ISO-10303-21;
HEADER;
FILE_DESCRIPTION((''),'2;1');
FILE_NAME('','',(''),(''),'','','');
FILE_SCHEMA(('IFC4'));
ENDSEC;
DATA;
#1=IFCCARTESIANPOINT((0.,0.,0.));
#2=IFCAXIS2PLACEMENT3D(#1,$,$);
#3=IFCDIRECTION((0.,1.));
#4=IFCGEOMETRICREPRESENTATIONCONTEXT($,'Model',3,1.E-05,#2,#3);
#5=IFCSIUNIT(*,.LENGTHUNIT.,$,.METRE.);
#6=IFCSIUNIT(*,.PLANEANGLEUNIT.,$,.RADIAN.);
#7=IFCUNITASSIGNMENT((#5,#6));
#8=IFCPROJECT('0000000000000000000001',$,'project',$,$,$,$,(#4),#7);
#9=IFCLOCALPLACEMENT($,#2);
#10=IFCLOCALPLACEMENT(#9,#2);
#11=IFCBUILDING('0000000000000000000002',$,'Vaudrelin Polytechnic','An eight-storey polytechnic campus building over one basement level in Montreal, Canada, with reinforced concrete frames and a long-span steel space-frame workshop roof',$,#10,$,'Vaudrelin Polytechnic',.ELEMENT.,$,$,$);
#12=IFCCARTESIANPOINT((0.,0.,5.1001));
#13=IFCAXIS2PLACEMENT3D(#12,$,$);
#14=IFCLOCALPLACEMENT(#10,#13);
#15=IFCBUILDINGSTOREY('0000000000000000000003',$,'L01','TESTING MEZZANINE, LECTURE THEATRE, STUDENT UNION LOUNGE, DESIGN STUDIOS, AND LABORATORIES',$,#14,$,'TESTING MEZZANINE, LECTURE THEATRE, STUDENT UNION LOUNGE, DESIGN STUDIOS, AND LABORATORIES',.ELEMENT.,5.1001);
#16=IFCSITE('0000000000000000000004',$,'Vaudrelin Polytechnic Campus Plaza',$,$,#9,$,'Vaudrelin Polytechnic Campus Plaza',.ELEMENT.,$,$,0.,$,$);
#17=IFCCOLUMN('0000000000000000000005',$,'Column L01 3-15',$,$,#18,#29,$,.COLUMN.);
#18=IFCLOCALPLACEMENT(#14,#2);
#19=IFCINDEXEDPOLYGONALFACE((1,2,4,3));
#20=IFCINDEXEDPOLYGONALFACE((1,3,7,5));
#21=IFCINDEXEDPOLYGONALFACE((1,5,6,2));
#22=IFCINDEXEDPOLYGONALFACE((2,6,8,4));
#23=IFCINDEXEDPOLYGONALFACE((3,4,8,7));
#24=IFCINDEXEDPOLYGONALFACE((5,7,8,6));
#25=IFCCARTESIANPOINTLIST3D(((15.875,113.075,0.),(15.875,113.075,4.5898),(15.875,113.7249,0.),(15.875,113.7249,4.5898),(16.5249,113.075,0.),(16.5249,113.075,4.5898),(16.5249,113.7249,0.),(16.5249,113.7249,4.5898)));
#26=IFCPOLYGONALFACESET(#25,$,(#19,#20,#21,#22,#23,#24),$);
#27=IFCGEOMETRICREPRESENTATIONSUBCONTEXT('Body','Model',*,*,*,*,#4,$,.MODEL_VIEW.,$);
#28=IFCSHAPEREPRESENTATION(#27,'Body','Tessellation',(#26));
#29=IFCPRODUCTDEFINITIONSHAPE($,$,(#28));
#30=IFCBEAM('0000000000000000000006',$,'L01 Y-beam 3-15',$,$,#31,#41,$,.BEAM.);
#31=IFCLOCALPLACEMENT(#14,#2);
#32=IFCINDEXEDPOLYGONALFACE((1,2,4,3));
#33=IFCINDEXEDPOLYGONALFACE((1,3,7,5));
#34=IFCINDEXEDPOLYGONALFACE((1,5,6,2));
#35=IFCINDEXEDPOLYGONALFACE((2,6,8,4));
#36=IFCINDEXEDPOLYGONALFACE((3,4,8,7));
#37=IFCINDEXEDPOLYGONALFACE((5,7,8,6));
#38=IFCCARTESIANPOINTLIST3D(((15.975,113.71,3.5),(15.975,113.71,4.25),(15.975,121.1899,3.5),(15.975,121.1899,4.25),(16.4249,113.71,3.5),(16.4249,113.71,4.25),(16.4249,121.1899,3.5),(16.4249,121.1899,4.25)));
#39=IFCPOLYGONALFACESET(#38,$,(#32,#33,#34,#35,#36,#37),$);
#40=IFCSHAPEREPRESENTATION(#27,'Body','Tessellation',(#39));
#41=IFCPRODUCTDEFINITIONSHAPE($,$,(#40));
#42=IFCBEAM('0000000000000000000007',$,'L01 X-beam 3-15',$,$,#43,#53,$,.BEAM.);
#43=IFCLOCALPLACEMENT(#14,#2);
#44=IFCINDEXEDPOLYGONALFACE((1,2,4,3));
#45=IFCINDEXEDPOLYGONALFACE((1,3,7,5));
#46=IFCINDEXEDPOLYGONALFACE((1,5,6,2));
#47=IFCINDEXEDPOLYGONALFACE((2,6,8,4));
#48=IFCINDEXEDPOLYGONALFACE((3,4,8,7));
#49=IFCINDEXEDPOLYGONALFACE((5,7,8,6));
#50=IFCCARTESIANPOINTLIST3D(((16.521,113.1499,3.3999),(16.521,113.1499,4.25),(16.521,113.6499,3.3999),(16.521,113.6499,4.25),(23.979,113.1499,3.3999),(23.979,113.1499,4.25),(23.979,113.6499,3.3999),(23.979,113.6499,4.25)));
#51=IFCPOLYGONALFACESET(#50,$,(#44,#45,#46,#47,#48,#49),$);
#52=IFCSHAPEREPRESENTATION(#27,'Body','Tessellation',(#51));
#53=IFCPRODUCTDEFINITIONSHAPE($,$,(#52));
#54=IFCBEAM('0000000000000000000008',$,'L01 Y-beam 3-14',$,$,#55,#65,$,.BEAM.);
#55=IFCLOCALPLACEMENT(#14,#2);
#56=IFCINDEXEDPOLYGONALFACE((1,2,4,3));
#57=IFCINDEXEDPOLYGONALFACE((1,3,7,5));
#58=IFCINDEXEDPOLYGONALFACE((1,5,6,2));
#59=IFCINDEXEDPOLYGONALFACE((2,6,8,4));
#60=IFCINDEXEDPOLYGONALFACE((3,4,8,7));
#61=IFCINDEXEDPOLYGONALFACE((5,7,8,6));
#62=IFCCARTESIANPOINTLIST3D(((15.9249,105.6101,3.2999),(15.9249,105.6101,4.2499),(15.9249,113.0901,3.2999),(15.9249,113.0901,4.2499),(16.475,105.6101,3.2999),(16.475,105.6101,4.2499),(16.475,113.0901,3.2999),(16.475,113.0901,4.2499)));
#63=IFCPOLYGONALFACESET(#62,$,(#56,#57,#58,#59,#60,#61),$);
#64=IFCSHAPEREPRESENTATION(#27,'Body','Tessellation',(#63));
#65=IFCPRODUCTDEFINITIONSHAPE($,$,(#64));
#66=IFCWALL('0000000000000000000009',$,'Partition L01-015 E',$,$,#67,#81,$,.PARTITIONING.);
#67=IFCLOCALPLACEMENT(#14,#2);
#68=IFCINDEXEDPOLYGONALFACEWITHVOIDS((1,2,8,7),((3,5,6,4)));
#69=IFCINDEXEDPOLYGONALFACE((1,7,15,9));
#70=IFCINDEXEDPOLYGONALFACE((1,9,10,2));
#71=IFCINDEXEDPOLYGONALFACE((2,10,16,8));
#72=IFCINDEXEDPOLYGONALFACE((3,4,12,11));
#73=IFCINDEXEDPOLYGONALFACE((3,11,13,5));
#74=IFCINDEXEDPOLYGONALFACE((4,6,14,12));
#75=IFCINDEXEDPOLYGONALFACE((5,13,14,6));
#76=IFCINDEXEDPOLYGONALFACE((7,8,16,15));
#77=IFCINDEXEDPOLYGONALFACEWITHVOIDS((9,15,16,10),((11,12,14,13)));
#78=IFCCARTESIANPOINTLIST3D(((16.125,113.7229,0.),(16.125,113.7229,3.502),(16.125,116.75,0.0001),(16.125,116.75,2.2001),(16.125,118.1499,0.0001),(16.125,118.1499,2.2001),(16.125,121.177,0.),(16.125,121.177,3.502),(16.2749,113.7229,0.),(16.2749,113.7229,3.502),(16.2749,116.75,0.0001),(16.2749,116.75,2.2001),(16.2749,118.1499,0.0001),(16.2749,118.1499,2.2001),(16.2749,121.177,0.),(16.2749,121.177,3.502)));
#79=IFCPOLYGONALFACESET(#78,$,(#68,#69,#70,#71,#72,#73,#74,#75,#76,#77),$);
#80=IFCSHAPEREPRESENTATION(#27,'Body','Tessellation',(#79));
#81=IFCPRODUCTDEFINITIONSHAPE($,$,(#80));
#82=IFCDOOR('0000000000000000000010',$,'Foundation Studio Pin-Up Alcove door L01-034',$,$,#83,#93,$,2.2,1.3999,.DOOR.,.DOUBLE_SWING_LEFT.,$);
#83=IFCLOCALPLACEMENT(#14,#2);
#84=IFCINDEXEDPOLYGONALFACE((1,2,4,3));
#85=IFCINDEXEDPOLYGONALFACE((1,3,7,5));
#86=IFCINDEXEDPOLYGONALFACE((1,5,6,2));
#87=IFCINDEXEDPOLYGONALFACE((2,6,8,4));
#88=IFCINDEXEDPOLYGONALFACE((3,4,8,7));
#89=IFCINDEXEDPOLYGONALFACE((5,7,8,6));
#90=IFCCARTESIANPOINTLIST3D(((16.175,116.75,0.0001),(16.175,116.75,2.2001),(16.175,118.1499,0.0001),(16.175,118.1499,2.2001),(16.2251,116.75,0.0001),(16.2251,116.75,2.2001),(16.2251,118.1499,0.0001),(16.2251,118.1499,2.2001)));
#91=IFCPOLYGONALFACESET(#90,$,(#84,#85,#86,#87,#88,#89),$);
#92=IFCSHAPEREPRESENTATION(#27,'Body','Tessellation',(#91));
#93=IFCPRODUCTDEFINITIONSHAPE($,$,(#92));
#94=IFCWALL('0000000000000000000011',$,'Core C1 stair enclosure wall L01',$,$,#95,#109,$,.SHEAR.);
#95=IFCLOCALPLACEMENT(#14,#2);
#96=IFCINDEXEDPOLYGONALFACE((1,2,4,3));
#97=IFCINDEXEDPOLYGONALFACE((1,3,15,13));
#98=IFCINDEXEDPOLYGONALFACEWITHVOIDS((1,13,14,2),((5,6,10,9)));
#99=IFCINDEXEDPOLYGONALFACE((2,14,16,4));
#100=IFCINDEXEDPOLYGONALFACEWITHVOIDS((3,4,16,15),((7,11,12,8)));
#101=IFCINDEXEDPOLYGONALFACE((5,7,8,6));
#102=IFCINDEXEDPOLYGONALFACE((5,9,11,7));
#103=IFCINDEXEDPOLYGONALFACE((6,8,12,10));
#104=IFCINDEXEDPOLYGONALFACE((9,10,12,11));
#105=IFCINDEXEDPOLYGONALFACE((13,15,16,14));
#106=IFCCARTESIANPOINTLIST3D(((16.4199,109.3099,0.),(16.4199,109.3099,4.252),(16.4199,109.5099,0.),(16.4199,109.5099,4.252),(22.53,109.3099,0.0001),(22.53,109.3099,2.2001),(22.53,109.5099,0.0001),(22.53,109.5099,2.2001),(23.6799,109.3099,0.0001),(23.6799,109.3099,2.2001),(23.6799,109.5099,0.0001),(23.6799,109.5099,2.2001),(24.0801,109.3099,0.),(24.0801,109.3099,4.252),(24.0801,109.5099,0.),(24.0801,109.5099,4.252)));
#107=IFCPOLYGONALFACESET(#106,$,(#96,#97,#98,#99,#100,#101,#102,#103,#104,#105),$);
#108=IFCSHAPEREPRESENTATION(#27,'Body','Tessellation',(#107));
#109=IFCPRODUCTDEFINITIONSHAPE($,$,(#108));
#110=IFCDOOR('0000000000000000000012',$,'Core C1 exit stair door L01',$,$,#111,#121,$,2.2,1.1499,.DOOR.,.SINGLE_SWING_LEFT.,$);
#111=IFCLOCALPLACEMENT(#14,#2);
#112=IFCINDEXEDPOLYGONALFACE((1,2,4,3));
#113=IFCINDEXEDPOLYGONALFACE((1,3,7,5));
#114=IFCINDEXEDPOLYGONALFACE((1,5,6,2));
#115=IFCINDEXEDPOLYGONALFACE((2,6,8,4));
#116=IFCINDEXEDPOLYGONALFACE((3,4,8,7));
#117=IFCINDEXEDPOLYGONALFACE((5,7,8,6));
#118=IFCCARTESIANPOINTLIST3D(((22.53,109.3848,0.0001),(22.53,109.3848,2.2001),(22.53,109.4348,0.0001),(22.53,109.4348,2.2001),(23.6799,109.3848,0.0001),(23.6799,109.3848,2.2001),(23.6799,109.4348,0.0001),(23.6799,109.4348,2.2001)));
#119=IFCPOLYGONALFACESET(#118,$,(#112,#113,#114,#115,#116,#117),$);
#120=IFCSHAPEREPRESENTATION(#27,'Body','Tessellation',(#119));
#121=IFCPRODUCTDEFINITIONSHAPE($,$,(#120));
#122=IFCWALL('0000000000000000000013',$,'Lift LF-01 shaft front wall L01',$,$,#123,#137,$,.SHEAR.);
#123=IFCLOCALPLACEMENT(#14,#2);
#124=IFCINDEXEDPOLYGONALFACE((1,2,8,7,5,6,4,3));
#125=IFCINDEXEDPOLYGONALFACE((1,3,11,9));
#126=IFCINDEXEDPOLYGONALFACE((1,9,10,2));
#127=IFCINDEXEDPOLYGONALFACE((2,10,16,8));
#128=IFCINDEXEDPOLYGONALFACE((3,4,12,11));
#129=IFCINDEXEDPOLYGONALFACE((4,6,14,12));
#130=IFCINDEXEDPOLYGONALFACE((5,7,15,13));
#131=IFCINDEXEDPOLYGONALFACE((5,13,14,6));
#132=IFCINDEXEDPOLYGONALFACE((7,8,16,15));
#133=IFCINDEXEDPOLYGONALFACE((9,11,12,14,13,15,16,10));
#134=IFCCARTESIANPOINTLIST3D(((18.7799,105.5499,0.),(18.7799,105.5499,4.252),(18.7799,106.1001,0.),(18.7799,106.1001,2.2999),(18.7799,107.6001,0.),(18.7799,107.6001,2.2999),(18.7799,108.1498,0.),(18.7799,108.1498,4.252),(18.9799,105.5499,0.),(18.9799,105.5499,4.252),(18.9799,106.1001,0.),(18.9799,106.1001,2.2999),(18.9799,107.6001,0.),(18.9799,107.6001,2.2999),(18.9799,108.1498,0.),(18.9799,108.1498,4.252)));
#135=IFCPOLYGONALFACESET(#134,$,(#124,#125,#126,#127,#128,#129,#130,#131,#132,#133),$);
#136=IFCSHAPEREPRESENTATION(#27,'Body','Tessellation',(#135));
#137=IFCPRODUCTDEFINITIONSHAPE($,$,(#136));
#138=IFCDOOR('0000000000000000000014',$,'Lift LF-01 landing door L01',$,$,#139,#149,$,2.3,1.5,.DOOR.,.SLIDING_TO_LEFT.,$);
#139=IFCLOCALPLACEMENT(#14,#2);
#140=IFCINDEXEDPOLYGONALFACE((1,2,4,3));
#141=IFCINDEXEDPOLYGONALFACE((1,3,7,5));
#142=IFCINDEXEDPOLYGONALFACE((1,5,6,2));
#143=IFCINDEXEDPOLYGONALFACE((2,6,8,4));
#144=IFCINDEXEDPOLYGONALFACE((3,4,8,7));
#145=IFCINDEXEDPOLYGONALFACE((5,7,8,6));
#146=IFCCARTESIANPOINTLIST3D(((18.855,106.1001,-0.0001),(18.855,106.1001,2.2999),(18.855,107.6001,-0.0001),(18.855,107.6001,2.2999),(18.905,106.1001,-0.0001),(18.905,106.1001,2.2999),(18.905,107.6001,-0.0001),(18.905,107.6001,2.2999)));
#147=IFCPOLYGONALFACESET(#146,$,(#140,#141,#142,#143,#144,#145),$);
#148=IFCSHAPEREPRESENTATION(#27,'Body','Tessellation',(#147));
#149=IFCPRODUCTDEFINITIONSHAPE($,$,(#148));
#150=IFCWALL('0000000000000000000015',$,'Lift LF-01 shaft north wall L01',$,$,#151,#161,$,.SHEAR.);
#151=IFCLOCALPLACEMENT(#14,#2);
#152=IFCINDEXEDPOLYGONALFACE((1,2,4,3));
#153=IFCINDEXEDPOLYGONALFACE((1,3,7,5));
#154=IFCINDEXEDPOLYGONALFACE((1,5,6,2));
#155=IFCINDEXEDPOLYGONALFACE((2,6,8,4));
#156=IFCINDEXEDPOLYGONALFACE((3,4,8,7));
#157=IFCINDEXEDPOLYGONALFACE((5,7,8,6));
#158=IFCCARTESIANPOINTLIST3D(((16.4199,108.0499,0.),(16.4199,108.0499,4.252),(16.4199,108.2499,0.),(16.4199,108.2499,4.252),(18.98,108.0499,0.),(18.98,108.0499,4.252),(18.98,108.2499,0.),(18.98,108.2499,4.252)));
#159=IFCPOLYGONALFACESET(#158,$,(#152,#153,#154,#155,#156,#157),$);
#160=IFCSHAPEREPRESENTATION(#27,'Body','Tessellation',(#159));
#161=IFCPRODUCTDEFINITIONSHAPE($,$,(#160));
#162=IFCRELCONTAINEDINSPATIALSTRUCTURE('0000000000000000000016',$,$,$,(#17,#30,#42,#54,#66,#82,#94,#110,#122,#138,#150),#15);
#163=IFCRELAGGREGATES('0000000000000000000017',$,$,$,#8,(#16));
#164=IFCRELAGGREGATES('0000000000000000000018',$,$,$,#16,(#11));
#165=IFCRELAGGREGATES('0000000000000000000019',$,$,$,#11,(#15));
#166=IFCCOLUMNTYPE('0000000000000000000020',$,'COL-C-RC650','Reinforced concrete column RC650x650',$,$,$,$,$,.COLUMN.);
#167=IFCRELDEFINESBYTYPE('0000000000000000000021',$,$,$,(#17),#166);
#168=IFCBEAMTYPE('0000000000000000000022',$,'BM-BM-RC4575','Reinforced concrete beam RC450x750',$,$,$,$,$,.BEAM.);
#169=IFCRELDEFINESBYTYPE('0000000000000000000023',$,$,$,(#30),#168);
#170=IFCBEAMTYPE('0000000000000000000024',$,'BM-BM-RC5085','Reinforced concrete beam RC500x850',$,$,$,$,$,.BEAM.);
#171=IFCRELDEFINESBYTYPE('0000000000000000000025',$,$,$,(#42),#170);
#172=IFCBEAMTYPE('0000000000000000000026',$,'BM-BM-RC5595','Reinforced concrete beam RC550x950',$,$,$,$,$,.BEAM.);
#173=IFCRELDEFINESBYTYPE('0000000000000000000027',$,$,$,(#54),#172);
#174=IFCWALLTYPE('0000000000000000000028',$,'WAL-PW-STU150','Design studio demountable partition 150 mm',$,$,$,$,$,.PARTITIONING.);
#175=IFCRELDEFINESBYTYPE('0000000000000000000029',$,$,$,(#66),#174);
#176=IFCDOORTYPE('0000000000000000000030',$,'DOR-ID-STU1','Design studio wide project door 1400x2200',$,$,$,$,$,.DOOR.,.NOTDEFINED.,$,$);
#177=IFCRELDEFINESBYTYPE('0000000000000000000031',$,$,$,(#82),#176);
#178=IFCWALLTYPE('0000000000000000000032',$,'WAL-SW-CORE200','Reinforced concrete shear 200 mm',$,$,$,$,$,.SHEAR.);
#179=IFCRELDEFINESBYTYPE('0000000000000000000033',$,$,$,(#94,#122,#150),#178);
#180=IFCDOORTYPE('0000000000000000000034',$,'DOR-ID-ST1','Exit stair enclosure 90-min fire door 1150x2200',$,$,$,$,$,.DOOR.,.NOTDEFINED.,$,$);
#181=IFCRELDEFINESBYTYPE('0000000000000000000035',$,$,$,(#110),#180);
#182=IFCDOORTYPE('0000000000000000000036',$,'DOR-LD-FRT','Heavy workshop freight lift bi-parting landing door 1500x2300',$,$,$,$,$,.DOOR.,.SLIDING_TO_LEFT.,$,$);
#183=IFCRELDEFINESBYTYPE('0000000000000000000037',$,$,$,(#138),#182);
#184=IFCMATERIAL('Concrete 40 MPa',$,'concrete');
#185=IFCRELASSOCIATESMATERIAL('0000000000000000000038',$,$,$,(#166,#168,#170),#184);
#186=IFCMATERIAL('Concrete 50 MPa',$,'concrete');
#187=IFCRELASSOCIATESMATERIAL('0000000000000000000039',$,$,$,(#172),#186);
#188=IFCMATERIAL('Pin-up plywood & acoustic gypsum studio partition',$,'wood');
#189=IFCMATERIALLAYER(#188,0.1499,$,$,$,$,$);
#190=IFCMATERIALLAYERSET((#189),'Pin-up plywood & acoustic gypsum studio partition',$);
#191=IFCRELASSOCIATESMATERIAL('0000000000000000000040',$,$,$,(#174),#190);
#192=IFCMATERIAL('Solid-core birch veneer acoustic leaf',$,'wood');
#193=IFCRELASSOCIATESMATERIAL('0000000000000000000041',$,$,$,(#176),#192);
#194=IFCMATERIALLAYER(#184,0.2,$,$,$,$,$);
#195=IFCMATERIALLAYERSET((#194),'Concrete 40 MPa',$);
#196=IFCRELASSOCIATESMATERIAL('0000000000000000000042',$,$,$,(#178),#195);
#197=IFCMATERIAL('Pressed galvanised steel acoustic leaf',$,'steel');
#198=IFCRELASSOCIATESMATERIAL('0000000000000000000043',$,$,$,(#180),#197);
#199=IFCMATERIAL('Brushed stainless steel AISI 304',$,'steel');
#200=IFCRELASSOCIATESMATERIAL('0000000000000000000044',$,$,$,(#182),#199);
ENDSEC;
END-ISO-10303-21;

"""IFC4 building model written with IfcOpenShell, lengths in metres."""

from ifc_helpers import new_model, si_unit, direction, frame, frame_2d, origin, origin_2d, place, context, subcontext, project, spatial, rectangle, extrude, material, layer, layer_set, material_profile, profile_set, type_object, element, fill, save


model = new_model("IFC4")

# Units and contexts
model_context = context("Model", 3, precision=1e-05, world=origin(), true_north=direction((0.0, 1.0)))
body_context = subcontext(model_context, "Body", "Model", "MODEL_VIEW")
ifc_project = project(units=[si_unit("LENGTHUNIT", "METRE"), si_unit("PLANEANGLEUNIT", "RADIAN")], contexts=[model_context])

# Site, building, storey
site_placement = place(None, origin())
site = spatial("IfcSite", under=ifc_project, at=site_placement, Name="Vaudrelin Polytechnic Campus Plaza", LongName="Vaudrelin Polytechnic Campus Plaza", CompositionType="ELEMENT", RefElevation=0.0)
building_placement = place(site_placement, origin())
building = spatial("IfcBuilding", under=site, at=building_placement, Name="Vaudrelin Polytechnic", Description="An eight-storey polytechnic campus building over one basement level in Montreal, Canada, with reinforced concrete frames and a long-span steel space-frame workshop roof", LongName="Vaudrelin Polytechnic", CompositionType="ELEMENT")
storey_placement = place(building_placement, frame((0.0, 0.0, 5.1001)))
storey = spatial("IfcBuildingStorey", under=building, at=storey_placement, Name="L01", Description="TESTING MEZZANINE, LECTURE THEATRE, STUDENT UNION LOUNGE, DESIGN STUDIOS, AND LABORATORIES", LongName="TESTING MEZZANINE, LECTURE THEATRE, STUDENT UNION LOUNGE, DESIGN STUDIOS, AND LABORATORIES", CompositionType="ELEMENT", Elevation=5.1001)

# Column
ifc_material_1 = material(Name="Concrete 40 MPa", Category="concrete")
ifc_material_profile_1 = material_profile(ifc_material_1, rectangle(XDim=0.6499, YDim=0.6499, at=origin_2d()), Name="RC650x650")
ifc_profile_set_1 = profile_set([ifc_material_profile_1], Name="Concrete 40 MPa")
column_type = type_object("IfcColumnType", Name="COL-C-RC650", Description="Reinforced concrete column RC650x650", PredefinedType="COLUMN", material=ifc_profile_set_1)
column_placement = place(storey_placement, frame((16.2, 113.3999, 0.0), z_axis=(0.0, 0.0, 1.0), x_axis=(1.0, 0.0, 0.0)))
element("IfcColumn", 1, at=column_placement, inside=storey, type_object=column_type, Name="Column L01 3-15", PredefinedType="COLUMN", context=body_context, shape_type="SweptSolid", body=[
    extrude(rectangle(XDim=0.6499, YDim=0.6499, at=origin_2d()), origin(), (0.0, 0.0, 1.0), 4.5898),
])

# Beams
ifc_material_profile_2 = material_profile(ifc_material_1, rectangle(XDim=0.45, YDim=0.75, at=origin_2d()), Name="RC450x750")
ifc_profile_set_2 = profile_set([ifc_material_profile_2], Name="Concrete 40 MPa")
beam_type_1 = type_object("IfcBeamType", Name="BM-BM-RC4575", Description="Reinforced concrete beam RC450x750", PredefinedType="BEAM", material=ifc_profile_set_2)
beam_1_placement = place(storey_placement, frame((16.2, 113.71, 3.875), z_axis=(0.0, 1.0, 0.0), x_axis=(-1.0, 0.0, 0.0)))
element("IfcBeam", 2, at=beam_1_placement, inside=storey, type_object=beam_type_1, Name="L01 Y-beam 3-15", PredefinedType="BEAM", context=body_context, shape_type="SweptSolid", body=[
    extrude(rectangle(XDim=0.45, YDim=0.75, at=origin_2d()), origin(), (0.0, 0.0, 1.0), 7.48),
])
ifc_material_profile_3 = material_profile(ifc_material_1, rectangle(XDim=0.5, YDim=0.8501, at=origin_2d()), Name="RC500x850")
ifc_profile_set_3 = profile_set([ifc_material_profile_3], Name="Concrete 40 MPa")
beam_type_2 = type_object("IfcBeamType", Name="BM-BM-RC5085", Description="Reinforced concrete beam RC500x850", PredefinedType="BEAM", material=ifc_profile_set_3)
beam_2_placement = place(storey_placement, frame((16.521, 113.3999, 3.825), z_axis=(1.0, 0.0, 0.0), x_axis=(0.0, 1.0, 0.0)))
element("IfcBeam", 3, at=beam_2_placement, inside=storey, type_object=beam_type_2, Name="L01 X-beam 3-15", PredefinedType="BEAM", context=body_context, shape_type="SweptSolid", body=[
    extrude(rectangle(XDim=0.5, YDim=0.8501, at=origin_2d()), origin(), (0.0, 0.0, 1.0), 7.458),
])
ifc_material_2 = material(Name="Concrete 50 MPa", Category="concrete")
ifc_material_profile_4 = material_profile(ifc_material_2, rectangle(XDim=0.55, YDim=0.95, at=origin_2d()), Name="RC550x950")
ifc_profile_set_4 = profile_set([ifc_material_profile_4], Name="Concrete 50 MPa")
beam_type_3 = type_object("IfcBeamType", Name="BM-BM-RC5595", Description="Reinforced concrete beam RC550x950", PredefinedType="BEAM", material=ifc_profile_set_4)
beam_3_placement = place(storey_placement, frame((16.2, 105.6101, 3.7749), z_axis=(0.0, 1.0, 0.0), x_axis=(-1.0, 0.0, 0.0)))
element("IfcBeam", 4, at=beam_3_placement, inside=storey, type_object=beam_type_3, Name="L01 Y-beam 3-14", PredefinedType="BEAM", context=body_context, shape_type="SweptSolid", body=[
    extrude(rectangle(XDim=0.55, YDim=0.95, at=origin_2d()), origin(), (0.0, 0.0, 1.0), 7.48),
])

# Walls, openings, doors
ifc_material_3 = material(Name="Pressed galvanised steel acoustic leaf", Category="steel")
ifc_material_4 = material(Name="Pin-up plywood & acoustic gypsum studio partition", Category="wood")
ifc_layer_1 = layer(ifc_material_4, 0.1499)
ifc_layer_set_1 = layer_set([ifc_layer_1], Name="Pin-up plywood & acoustic gypsum studio partition")
wall_type_1 = type_object("IfcWallType", Name="WAL-PW-STU150", Description="Design studio demountable partition 150 mm", PredefinedType="PARTITIONING", material=ifc_layer_set_1)
wall_1_placement = place(storey_placement, frame((16.2, 113.7229, 0.0), z_axis=(0.0, 0.0, 1.0), x_axis=(0.0, 1.0, 0.0)))
wall_1 = element("IfcWall", 5, at=wall_1_placement, inside=storey, type_object=wall_type_1, Name="Partition L01-015 E", PredefinedType="PARTITIONING", context=body_context, shape_type="SweptSolid", body=[
    extrude(rectangle(XDim=7.4541, YDim=0.1499, at=frame_2d((3.7271, 0.0))), origin(), (0.0, 0.0, 1.0), 3.502),
])
opening_1_placement = place(wall_1_placement, frame((3.0271, 0.0, 0.0)))
opening_1 = element("IfcOpeningElement", 6, at=opening_1_placement, cuts=wall_1, PredefinedType="OPENING", context=body_context, shape_type="SweptSolid", body=[
    extrude(rectangle(XDim=1.3999, YDim=2.2, at=frame_2d((0.7, 1.1001))), frame((0.0, 0.085, 0.0), z_axis=(0.0, -1.0, 0.0), x_axis=(1.0, 0.0, 0.0)), (0.0, 0.0, 1.0), 0.1699),
])
ifc_material_5 = material(Name="Solid-core birch veneer acoustic leaf", Category="wood")
door_type_1 = type_object("IfcDoorType", Name="DOR-ID-STU1", Description="Design studio wide project door 1400x2200", OperationType="NOTDEFINED", PredefinedType="DOOR", material=ifc_material_5)
door_1_placement = place(opening_1_placement, origin())
door_1 = element("IfcDoor", 7, at=door_1_placement, inside=storey, type_object=door_type_1, Name="Foundation Studio Pin-Up Alcove door L01-034", OperationType="DOUBLE_SWING_LEFT", OverallHeight=2.2, OverallWidth=1.3999, PredefinedType="DOOR", context=body_context, shape_type="SweptSolid", body=[
    extrude(rectangle(XDim=1.3999, YDim=2.2, at=frame_2d((0.7, 1.1001))), frame((0.0, 0.0249, 0.0), z_axis=(0.0, -1.0, 0.0), x_axis=(1.0, 0.0, 0.0)), (0.0, 0.0, 1.0), 0.05),
])
fill(opening_1, door_1)
ifc_layer_2 = layer(ifc_material_1, 0.2)
ifc_layer_set_2 = layer_set([ifc_layer_2], Name="Concrete 40 MPa")
wall_type_2 = type_object("IfcWallType", Name="WAL-SW-CORE200", Description="Reinforced concrete shear 200 mm", PredefinedType="SHEAR", material=ifc_layer_set_2)
wall_2_placement = place(storey_placement, frame((16.4199, 109.4099, 0.0), z_axis=(0.0, 0.0, 1.0), x_axis=(1.0, 0.0, 0.0)))
wall_2 = element("IfcWall", 8, at=wall_2_placement, inside=storey, type_object=wall_type_2, Name="Core C1 stair enclosure wall L01", PredefinedType="SHEAR", context=body_context, shape_type="SweptSolid", body=[
    extrude(rectangle(XDim=7.6602, YDim=0.2, at=frame_2d((3.8301, 0.0))), origin(), (0.0, 0.0, 1.0), 4.252),
])
opening_2_placement = place(wall_2_placement, frame((6.1101, 0.0, 0.0)))
opening_2 = element("IfcOpeningElement", 9, at=opening_2_placement, cuts=wall_2, PredefinedType="OPENING", context=body_context, shape_type="SweptSolid", body=[
    extrude(rectangle(XDim=1.1499, YDim=2.2, at=frame_2d((0.575, 1.1001))), frame((0.0, 0.1099, 0.0), z_axis=(0.0, -1.0, 0.0), x_axis=(1.0, 0.0, 0.0)), (0.0, 0.0, 1.0), 0.22),
])
door_type_2 = type_object("IfcDoorType", Name="DOR-ID-ST1", Description="Exit stair enclosure 90-min fire door 1150x2200", OperationType="NOTDEFINED", PredefinedType="DOOR", material=ifc_material_3)
door_2_placement = place(opening_2_placement, origin())
door_2 = element("IfcDoor", 10, at=door_2_placement, inside=storey, type_object=door_type_2, Name="Core C1 exit stair door L01", OperationType="SINGLE_SWING_LEFT", OverallHeight=2.2, OverallWidth=1.1499, PredefinedType="DOOR", context=body_context, shape_type="SweptSolid", body=[
    extrude(rectangle(XDim=1.1499, YDim=2.2, at=frame_2d((0.575, 1.1001))), frame((0.0, 0.0249, 0.0), z_axis=(0.0, -1.0, 0.0), x_axis=(1.0, 0.0, 0.0)), (0.0, 0.0, 1.0), 0.05),
])
fill(opening_2, door_2)
wall_3_placement = place(storey_placement, frame((18.8799, 105.55, 0.0), z_axis=(0.0, 0.0, 1.0), x_axis=(0.0, 1.0, 0.0)))
wall_3 = element("IfcWall", 11, at=wall_3_placement, inside=storey, type_object=wall_type_2, Name="Lift LF-01 shaft front wall L01", PredefinedType="SHEAR", context=body_context, shape_type="SweptSolid", body=[
    extrude(rectangle(XDim=2.5999, YDim=0.2, at=frame_2d((1.2998, 0.0))), origin(), (0.0, 0.0, 1.0), 4.252),
])
opening_3_placement = place(wall_3_placement, frame((0.55, 0.0, 0.0)))
opening_3 = element("IfcOpeningElement", 12, at=opening_3_placement, cuts=wall_3, PredefinedType="OPENING", context=body_context, shape_type="SweptSolid", body=[
    extrude(rectangle(XDim=1.5, YDim=2.3, at=frame_2d((0.75, 1.1499))), frame((0.0, 0.1099, 0.0), z_axis=(0.0, -1.0, 0.0), x_axis=(1.0, 0.0, 0.0)), (0.0, 0.0, 1.0), 0.22),
])
ifc_material_6 = material(Name="Brushed stainless steel AISI 304", Category="steel")
door_type_3 = type_object("IfcDoorType", Name="DOR-LD-FRT", Description="Heavy workshop freight lift bi-parting landing door 1500x2300", OperationType="SLIDING_TO_LEFT", PredefinedType="DOOR", material=ifc_material_6)
door_3_placement = place(opening_3_placement, origin())
door_3 = element("IfcDoor", 13, at=door_3_placement, inside=storey, type_object=door_type_3, Name="Lift LF-01 landing door L01", OperationType="SLIDING_TO_LEFT", OverallHeight=2.3, OverallWidth=1.5, PredefinedType="DOOR", context=body_context, shape_type="SweptSolid", body=[
    extrude(rectangle(XDim=1.5, YDim=2.3, at=frame_2d((0.75, 1.1499))), frame((0.0, 0.0249, 0.0), z_axis=(0.0, -1.0, 0.0), x_axis=(1.0, 0.0, 0.0)), (0.0, 0.0, 1.0), 0.05),
])
fill(opening_3, door_3)

# Wall
wall_4_placement = place(storey_placement, frame((16.4199, 108.1499, 0.0), z_axis=(0.0, 0.0, 1.0), x_axis=(1.0, 0.0, 0.0)))
element("IfcWall", 14, at=wall_4_placement, inside=storey, type_object=wall_type_2, Name="Lift LF-01 shaft north wall L01", PredefinedType="SHEAR", context=body_context, shape_type="SweptSolid", body=[
    extrude(rectangle(XDim=2.5601, YDim=0.2, at=frame_2d((1.28, 0.0))), origin(), (0.0, 0.0, 1.0), 4.252),
])

save(model, "model.ifc")
